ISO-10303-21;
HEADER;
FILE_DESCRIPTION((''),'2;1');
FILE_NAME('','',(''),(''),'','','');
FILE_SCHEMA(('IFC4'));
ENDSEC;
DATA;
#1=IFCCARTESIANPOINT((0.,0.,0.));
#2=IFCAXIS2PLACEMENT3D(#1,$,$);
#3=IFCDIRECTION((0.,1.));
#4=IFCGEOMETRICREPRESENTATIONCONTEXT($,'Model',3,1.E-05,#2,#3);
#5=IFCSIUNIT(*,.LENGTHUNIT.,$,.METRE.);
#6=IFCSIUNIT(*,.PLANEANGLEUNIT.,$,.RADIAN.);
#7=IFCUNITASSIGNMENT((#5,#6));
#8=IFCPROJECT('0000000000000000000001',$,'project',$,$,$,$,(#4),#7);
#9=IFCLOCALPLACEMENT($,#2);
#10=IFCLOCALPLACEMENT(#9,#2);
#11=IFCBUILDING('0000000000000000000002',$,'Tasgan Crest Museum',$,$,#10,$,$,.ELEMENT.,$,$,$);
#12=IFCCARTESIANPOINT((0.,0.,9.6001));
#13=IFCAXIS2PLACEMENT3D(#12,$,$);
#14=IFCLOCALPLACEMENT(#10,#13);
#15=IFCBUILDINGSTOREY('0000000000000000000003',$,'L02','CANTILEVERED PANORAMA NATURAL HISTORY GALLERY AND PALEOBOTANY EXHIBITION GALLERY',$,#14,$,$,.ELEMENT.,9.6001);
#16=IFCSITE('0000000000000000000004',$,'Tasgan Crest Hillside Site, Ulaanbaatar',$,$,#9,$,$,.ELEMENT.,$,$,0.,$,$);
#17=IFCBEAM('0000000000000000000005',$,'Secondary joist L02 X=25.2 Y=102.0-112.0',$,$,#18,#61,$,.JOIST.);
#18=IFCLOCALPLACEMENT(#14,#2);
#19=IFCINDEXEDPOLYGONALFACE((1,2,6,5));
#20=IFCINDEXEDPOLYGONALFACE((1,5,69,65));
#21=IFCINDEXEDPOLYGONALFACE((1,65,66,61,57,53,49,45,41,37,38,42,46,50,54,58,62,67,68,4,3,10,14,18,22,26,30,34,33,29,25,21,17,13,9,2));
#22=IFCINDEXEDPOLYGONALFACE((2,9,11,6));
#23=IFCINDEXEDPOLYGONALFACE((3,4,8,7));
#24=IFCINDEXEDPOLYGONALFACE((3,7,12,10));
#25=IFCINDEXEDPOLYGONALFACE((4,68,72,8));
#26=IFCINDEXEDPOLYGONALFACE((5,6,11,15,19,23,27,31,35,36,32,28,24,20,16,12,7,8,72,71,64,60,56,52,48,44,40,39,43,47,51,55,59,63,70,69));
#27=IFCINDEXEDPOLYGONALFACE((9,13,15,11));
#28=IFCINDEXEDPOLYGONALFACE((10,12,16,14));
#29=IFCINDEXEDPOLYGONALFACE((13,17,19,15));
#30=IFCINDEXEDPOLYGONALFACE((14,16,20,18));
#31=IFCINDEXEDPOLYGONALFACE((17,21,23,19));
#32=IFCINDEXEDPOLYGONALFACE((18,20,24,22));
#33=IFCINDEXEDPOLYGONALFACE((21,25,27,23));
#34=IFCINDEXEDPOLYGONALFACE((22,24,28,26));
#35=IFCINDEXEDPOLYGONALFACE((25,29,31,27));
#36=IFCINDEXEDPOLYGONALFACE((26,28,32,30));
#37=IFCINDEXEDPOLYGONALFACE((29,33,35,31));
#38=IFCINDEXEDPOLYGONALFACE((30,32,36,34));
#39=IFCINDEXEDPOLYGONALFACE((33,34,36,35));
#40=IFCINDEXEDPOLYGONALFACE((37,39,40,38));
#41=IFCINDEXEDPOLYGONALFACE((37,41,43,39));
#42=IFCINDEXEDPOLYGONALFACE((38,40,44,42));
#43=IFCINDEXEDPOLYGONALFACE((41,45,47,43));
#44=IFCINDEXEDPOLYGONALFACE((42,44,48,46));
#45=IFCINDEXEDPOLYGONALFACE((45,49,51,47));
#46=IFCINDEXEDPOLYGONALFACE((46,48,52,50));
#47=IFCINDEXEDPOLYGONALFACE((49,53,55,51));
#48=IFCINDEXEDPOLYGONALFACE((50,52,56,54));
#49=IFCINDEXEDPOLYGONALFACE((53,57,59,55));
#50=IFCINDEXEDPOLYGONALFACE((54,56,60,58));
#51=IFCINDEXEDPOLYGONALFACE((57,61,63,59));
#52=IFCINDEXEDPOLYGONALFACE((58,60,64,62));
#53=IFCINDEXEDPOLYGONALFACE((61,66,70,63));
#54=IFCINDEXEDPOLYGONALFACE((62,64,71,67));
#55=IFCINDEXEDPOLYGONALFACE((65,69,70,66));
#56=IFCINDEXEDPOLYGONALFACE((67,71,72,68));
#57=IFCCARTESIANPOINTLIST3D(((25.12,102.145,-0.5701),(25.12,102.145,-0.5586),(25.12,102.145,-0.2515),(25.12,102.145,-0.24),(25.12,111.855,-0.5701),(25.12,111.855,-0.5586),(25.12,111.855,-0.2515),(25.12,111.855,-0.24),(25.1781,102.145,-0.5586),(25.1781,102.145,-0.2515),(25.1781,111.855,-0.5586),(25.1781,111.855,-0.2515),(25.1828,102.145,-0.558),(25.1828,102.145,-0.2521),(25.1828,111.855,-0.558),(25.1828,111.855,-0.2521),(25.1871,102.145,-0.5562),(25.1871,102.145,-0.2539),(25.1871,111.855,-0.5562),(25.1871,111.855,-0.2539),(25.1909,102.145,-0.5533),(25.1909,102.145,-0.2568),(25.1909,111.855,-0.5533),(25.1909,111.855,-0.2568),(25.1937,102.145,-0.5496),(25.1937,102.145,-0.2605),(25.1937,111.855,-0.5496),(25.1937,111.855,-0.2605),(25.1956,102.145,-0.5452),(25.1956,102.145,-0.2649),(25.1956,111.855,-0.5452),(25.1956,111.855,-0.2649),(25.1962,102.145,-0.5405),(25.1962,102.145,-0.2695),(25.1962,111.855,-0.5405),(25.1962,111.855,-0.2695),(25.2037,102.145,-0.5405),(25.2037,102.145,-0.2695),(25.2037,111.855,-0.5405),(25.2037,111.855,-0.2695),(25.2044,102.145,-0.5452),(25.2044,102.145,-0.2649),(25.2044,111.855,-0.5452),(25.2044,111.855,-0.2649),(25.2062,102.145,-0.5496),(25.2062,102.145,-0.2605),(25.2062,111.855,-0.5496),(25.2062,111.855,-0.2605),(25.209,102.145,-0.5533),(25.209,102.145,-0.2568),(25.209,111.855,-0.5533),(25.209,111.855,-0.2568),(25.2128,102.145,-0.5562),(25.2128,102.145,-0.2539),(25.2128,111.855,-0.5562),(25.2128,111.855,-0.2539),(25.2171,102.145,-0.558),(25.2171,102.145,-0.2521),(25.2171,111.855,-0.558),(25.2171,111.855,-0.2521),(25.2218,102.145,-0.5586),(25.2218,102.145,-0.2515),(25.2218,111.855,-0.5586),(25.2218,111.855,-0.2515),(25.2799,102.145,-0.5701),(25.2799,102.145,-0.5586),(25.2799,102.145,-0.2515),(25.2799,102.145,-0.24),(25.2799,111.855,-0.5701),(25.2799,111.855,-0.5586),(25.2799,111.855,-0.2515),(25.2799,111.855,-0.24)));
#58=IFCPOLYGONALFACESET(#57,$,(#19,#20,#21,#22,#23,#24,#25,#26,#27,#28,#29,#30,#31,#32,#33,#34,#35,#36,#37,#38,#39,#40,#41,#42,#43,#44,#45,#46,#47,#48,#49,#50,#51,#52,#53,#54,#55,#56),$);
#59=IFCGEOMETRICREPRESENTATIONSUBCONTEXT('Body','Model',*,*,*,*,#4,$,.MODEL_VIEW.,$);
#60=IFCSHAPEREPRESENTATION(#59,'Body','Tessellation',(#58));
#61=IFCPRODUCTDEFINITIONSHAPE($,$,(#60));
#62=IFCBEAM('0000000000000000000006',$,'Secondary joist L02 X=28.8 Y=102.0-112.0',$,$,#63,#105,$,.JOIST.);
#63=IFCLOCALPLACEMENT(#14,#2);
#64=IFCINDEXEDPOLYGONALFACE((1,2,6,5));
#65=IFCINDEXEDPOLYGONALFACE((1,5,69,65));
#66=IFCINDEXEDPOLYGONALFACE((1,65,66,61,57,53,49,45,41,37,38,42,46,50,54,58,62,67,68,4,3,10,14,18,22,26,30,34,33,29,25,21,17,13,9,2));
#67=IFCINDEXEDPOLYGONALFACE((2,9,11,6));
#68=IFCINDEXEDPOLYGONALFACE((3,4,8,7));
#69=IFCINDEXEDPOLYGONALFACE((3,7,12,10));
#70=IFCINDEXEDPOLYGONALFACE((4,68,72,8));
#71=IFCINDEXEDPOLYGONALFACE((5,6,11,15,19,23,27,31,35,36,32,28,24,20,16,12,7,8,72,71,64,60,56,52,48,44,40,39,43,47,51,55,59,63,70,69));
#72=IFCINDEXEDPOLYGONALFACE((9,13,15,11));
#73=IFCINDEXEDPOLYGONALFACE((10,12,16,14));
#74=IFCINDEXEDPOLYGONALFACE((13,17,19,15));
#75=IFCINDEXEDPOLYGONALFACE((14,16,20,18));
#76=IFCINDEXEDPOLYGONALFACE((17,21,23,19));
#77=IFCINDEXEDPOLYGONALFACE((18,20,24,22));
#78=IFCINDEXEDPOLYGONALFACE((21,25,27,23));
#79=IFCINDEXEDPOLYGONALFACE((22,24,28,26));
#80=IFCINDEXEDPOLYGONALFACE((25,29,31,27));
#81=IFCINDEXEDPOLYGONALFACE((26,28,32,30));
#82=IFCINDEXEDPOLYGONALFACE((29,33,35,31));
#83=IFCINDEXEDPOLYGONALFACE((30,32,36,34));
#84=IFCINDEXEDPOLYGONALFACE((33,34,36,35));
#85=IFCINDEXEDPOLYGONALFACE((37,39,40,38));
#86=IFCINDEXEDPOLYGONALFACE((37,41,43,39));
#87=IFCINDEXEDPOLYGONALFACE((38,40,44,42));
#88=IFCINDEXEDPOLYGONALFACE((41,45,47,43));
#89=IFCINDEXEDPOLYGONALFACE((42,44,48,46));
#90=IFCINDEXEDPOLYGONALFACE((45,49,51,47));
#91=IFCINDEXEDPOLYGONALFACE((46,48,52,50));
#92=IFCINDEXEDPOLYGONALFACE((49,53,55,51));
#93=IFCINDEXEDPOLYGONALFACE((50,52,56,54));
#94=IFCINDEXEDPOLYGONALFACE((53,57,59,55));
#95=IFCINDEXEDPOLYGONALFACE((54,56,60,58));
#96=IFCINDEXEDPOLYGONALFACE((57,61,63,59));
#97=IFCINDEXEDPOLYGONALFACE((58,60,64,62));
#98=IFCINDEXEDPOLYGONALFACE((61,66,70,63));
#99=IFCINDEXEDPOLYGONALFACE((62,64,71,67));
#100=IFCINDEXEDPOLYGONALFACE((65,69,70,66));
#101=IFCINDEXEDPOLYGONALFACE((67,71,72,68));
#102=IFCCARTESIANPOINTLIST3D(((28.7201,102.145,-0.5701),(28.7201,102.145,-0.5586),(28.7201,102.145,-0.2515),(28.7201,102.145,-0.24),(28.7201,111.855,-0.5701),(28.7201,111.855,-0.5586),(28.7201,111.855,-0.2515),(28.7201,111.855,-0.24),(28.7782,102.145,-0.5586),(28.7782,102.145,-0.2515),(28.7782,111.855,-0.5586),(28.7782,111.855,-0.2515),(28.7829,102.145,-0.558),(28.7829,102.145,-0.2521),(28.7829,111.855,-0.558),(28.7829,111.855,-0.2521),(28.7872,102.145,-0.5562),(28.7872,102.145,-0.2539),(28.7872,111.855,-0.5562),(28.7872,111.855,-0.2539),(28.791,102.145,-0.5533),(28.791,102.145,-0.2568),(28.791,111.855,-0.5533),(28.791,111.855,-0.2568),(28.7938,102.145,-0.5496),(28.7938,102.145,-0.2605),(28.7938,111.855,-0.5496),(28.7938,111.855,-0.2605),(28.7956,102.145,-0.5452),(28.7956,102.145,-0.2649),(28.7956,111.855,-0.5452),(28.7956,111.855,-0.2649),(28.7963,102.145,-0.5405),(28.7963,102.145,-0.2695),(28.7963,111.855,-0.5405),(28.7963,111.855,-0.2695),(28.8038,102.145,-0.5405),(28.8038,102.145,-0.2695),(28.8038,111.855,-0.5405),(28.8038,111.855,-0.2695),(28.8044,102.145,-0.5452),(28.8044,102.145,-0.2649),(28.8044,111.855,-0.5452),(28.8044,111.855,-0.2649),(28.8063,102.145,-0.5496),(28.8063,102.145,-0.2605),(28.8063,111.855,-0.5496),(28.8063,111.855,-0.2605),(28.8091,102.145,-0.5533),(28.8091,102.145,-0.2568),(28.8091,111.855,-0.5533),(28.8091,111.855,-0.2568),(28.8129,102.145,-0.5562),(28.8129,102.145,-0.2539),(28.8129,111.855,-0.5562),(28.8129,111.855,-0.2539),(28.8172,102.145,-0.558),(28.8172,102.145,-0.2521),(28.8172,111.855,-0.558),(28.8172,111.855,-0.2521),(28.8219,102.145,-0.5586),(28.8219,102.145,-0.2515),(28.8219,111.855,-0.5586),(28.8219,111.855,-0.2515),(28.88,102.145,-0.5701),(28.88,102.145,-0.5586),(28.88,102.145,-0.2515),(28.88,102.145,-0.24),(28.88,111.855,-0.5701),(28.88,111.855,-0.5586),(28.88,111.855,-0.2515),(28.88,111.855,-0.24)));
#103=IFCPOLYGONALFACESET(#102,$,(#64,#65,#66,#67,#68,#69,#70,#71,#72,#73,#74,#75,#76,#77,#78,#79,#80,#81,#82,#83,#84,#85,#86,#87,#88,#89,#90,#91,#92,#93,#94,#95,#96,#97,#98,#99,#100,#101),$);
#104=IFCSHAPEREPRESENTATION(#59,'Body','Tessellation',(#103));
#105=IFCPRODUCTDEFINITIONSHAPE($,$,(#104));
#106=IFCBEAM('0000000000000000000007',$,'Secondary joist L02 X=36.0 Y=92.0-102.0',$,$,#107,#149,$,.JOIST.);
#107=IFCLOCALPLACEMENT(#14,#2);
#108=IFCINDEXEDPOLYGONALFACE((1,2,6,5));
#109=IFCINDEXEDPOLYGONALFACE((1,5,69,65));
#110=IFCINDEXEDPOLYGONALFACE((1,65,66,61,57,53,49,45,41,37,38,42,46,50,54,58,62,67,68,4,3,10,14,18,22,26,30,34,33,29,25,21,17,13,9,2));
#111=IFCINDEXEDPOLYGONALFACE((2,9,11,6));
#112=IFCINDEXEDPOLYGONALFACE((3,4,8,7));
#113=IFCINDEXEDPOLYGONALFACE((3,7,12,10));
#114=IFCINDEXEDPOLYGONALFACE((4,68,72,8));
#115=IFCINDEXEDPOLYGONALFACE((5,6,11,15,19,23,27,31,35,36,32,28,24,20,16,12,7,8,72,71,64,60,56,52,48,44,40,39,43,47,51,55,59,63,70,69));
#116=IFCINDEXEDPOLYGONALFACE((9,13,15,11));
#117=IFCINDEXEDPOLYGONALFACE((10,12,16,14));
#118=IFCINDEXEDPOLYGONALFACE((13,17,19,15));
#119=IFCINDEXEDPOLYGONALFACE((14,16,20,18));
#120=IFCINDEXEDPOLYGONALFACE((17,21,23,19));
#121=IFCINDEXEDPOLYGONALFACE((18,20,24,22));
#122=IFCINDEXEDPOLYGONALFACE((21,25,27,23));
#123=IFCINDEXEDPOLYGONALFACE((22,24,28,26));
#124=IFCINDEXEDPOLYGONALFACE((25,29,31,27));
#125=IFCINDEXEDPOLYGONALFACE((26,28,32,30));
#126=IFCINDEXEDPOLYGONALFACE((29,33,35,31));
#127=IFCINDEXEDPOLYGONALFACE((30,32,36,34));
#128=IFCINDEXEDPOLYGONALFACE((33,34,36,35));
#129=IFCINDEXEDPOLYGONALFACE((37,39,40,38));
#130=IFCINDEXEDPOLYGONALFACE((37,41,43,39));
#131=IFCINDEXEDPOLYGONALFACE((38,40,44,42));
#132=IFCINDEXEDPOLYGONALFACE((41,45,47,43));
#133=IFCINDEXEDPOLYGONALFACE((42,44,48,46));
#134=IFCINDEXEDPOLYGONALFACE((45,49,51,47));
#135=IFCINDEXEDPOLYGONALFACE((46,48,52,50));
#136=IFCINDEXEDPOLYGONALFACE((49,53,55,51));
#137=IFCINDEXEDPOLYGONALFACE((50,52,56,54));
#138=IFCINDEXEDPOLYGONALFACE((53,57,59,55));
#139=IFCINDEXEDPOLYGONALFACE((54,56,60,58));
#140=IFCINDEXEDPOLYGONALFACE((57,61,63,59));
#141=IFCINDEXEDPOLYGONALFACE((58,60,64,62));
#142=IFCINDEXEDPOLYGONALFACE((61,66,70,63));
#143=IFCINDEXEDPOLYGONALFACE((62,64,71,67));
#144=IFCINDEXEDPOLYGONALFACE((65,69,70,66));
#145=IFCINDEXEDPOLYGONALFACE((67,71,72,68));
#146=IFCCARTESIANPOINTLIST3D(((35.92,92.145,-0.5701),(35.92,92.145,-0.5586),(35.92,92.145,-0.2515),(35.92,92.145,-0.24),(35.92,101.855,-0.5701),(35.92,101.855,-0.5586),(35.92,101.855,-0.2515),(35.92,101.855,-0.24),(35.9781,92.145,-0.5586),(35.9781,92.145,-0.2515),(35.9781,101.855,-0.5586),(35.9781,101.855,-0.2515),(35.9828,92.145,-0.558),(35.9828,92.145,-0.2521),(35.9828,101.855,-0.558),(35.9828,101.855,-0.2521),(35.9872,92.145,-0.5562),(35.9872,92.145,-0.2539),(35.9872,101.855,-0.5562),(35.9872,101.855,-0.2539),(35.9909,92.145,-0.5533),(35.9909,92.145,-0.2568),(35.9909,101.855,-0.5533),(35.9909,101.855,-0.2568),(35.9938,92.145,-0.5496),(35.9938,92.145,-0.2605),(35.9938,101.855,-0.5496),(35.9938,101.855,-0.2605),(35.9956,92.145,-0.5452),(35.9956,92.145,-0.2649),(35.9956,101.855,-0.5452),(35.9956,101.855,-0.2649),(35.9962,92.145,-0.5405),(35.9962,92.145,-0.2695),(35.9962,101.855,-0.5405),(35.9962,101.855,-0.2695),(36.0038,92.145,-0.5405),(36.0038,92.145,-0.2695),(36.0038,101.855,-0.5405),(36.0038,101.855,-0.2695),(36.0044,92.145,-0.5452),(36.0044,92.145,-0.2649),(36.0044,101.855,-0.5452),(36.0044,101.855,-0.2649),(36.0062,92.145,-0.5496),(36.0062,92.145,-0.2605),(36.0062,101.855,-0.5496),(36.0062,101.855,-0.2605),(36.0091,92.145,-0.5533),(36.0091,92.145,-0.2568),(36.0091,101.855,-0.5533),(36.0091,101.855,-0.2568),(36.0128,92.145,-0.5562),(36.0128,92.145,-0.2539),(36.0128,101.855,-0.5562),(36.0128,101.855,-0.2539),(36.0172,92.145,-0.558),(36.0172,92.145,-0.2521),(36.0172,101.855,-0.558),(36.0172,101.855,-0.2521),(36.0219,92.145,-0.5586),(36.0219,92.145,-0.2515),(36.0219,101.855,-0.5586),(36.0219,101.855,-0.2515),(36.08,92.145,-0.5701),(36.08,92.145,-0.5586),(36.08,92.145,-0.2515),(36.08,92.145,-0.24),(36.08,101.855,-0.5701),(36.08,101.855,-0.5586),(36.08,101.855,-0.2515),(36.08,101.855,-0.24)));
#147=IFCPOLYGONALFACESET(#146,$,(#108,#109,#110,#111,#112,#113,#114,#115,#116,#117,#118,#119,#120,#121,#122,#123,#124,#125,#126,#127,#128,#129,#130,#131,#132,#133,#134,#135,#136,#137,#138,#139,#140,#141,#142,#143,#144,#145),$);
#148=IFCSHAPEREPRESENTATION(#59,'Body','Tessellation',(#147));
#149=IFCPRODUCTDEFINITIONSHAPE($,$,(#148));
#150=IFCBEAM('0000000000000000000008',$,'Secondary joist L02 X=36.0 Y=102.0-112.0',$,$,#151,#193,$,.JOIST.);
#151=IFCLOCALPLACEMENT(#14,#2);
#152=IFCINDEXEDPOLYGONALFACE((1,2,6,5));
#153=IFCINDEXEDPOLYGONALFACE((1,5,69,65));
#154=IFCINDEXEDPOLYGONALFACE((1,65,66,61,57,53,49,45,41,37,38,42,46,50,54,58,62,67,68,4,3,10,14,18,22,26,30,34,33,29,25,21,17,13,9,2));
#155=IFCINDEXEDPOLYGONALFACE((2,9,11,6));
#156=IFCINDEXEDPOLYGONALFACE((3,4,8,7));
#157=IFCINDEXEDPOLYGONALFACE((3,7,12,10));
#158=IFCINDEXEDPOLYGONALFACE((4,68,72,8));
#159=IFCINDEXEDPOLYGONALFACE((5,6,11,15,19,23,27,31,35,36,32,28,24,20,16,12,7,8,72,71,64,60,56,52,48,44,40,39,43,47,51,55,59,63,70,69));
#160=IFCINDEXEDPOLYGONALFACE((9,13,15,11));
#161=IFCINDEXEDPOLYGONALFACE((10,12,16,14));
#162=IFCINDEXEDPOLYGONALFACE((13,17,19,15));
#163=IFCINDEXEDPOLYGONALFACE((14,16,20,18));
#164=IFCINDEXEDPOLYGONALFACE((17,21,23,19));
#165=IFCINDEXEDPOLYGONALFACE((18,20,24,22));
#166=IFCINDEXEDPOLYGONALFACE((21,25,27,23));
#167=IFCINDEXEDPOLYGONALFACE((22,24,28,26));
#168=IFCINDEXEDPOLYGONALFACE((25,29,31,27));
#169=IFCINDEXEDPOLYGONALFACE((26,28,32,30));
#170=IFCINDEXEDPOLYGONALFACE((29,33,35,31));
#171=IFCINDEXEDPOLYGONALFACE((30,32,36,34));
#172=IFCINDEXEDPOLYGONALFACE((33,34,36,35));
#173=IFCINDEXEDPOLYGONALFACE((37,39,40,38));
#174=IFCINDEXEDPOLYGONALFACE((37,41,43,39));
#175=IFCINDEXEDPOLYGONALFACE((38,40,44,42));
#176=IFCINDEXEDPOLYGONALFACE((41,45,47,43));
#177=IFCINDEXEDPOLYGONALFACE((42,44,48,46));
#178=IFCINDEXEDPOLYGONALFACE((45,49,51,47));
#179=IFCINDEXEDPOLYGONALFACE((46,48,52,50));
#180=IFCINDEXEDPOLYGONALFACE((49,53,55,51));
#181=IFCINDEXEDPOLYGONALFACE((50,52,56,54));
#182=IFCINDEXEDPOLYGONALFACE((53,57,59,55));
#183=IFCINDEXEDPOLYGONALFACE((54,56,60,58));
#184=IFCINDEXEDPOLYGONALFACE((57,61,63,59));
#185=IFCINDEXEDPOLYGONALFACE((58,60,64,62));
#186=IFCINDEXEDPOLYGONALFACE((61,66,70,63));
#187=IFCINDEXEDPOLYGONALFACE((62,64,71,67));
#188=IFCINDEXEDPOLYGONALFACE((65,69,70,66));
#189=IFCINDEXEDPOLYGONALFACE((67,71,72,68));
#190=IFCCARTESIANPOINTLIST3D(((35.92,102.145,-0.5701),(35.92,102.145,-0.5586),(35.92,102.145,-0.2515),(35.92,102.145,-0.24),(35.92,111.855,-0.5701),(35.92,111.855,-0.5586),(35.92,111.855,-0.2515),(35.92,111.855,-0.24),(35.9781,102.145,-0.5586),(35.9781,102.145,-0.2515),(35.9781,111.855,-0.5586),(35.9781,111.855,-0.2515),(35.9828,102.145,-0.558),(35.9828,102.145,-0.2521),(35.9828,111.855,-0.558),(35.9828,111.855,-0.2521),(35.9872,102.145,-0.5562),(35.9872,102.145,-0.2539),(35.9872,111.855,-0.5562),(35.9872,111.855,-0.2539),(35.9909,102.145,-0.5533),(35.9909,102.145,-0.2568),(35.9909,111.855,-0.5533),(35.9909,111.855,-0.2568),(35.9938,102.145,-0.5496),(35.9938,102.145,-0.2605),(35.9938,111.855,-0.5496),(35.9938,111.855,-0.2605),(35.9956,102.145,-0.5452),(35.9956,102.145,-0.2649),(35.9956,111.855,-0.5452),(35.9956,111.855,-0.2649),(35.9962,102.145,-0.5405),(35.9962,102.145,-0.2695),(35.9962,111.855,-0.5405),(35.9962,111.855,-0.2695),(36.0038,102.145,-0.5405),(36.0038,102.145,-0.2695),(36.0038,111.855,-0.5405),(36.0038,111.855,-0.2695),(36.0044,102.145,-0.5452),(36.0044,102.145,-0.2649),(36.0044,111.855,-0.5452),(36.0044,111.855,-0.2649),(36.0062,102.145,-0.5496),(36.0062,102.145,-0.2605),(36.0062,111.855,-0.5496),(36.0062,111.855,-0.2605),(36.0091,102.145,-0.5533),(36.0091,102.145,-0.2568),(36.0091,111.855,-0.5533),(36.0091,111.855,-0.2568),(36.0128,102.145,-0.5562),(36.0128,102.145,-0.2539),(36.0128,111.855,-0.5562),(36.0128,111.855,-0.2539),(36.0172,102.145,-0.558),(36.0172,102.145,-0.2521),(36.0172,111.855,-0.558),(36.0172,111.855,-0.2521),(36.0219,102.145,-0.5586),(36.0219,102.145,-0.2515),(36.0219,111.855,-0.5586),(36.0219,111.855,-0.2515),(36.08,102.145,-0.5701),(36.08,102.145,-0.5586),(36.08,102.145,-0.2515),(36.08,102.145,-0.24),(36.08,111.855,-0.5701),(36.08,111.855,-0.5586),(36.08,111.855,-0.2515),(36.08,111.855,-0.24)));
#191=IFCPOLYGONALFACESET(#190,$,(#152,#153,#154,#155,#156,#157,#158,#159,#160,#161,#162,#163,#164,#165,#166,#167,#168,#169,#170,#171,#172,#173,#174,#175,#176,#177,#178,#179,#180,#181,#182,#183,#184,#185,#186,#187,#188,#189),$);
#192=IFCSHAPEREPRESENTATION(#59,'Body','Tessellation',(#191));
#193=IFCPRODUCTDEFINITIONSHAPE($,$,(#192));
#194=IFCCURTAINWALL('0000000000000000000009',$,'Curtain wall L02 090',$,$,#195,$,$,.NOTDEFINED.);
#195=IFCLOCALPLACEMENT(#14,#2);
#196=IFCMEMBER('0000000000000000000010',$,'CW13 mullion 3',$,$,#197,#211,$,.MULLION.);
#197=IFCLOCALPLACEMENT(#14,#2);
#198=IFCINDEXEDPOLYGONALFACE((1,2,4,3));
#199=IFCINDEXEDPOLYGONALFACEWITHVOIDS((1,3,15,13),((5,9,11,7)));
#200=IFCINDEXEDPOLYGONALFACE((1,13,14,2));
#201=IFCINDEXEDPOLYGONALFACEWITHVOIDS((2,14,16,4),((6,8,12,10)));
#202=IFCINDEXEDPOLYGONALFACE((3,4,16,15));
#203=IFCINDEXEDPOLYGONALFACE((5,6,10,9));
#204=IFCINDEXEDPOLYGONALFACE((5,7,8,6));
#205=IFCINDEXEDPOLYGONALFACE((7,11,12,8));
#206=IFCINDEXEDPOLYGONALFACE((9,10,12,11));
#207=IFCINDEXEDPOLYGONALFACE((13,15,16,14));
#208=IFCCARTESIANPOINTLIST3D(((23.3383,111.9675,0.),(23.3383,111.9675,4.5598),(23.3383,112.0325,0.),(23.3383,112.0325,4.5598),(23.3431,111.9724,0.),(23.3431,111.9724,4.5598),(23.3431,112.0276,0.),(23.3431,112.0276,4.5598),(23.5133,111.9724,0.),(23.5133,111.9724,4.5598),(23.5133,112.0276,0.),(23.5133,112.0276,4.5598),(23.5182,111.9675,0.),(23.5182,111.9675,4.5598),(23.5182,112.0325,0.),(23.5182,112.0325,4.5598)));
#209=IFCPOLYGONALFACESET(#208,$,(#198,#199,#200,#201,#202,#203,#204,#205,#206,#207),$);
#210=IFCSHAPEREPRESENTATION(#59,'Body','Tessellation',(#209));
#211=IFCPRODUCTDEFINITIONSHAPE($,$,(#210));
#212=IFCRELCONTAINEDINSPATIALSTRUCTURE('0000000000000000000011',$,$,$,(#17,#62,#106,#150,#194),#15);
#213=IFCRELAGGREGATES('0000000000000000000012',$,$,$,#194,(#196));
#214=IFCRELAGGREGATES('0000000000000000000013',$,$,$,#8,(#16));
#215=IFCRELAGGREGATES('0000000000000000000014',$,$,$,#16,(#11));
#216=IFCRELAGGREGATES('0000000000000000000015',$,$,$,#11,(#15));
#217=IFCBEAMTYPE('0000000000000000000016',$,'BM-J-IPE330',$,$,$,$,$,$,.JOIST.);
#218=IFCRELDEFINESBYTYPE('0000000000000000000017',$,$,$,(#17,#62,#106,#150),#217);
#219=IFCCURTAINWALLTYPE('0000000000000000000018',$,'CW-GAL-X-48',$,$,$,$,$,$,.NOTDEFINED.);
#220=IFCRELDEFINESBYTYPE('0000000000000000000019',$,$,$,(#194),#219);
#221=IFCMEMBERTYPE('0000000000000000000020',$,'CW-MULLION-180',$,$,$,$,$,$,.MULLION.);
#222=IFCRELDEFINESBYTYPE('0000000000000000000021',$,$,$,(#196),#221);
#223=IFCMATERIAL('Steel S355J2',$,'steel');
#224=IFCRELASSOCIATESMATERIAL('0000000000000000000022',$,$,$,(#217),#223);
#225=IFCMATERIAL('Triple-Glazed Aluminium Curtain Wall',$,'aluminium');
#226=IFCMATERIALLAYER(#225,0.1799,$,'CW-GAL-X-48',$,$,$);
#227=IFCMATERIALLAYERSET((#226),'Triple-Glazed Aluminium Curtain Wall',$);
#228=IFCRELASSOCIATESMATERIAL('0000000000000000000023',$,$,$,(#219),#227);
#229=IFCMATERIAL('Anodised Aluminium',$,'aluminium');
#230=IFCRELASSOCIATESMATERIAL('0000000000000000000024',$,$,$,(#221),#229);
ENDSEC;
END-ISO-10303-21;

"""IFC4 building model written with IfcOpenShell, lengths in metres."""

from ifc_helpers import new_model, si_unit, direction, frame, origin, origin_2d, place, context, subcontext, project, spatial, hollow_rectangle, i_section, extrude, material, layer, layer_set, material_profile, profile_set, type_object, element, aggregate, save


model = new_model("IFC4")

# Units and contexts
model_context = context("Model", 3, precision=1e-05, world=origin(), true_north=direction((0.0, 1.0)))
body_context = subcontext(model_context, "Body", "Model", "MODEL_VIEW")
ifc_project = project(units=[si_unit("LENGTHUNIT", "METRE"), si_unit("PLANEANGLEUNIT", "RADIAN")], contexts=[model_context])

# Site, building, storey
site_placement = place(None, origin())
site = spatial("IfcSite", under=ifc_project, at=site_placement, Name="Tasgan Crest Hillside Site, Ulaanbaatar", CompositionType="ELEMENT", RefElevation=0.0)
building_placement = place(site_placement, origin())
building = spatial("IfcBuilding", under=site, at=building_placement, Name="Tasgan Crest Museum", CompositionType="ELEMENT")
storey_placement = place(building_placement, frame((0.0, 0.0, 9.6001)))
storey = spatial("IfcBuildingStorey", under=building, at=storey_placement, Name="L02", Description="CANTILEVERED PANORAMA NATURAL HISTORY GALLERY AND PALEOBOTANY EXHIBITION GALLERY", CompositionType="ELEMENT", Elevation=9.6001)

# Beams
ifc_material_1 = material(Name="Steel S355J2", Category="steel")
ifc_material_profile_1 = material_profile(ifc_material_1, i_section(OverallWidth=0.1599, OverallDepth=0.3301, WebThickness=0.0076, FlangeThickness=0.0115, FilletRadius=0.0181, at=origin_2d()), Name="IPE 330")
ifc_profile_set_1 = profile_set([ifc_material_profile_1], Name="Steel S355J2")
beam_type_1 = type_object("IfcBeamType", Name="BM-J-IPE330", PredefinedType="JOIST", material=ifc_profile_set_1)
for number, where, z_axis, x_axis, name in (
    (1, (25.2, 102.145, -0.405), (0.0, 1.0, 0.0), (-1.0, 0.0, 0.0), "Secondary joist L02 X=25.2 Y=102.0-112.0"),
    (2, (28.8, 102.145, -0.405), (0.0, 1.0, 0.0), (-1.0, 0.0, 0.0), "Secondary joist L02 X=28.8 Y=102.0-112.0"),
    (3, (36.0, 92.145, -0.405), (0.0, 1.0, 0.0), (-1.0, 0.0, 0.0), "Secondary joist L02 X=36.0 Y=92.0-102.0"),
    (4, (36.0, 102.145, -0.405), (0.0, 1.0, 0.0), (-1.0, 0.0, 0.0), "Secondary joist L02 X=36.0 Y=102.0-112.0"),
):
    element("IfcBeam", number, at=place(storey_placement, frame(where, z_axis=z_axis, x_axis=x_axis)), inside=storey, type_object=beam_type_1, Name=name, PredefinedType="JOIST", context=body_context, shape_type="SweptSolid", body=[
        extrude(i_section(OverallWidth=0.1599, OverallDepth=0.3301, WebThickness=0.0076, FlangeThickness=0.0115, FilletRadius=0.0181, at=origin_2d()), origin(), (0.0, 0.0, 1.0), 9.71),
    ])

# Curtain wall, member
ifc_material_2 = material(Name="Triple-Glazed Aluminium Curtain Wall", Category="aluminium")
ifc_layer_1 = layer(ifc_material_2, 0.1799, Name="CW-GAL-X-48")
ifc_layer_set_1 = layer_set([ifc_layer_1], Name="Triple-Glazed Aluminium Curtain Wall")
curtain_wall_type_1 = type_object("IfcCurtainWallType", Name="CW-GAL-X-48", PredefinedType="NOTDEFINED", material=ifc_layer_set_1)
curtain_wall_1_placement = place(storey_placement, origin())
curtain_wall_1 = element("IfcCurtainWall", 5, at=curtain_wall_1_placement, inside=storey, type_object=curtain_wall_type_1, Name="Curtain wall L02 090", PredefinedType="NOTDEFINED")
ifc_material_3 = material(Name="Anodised Aluminium", Category="aluminium")
ifc_material_profile_2 = material_profile(ifc_material_3, hollow_rectangle(XDim=0.0649, YDim=0.1799, WallThickness=0.0049, at=origin_2d()), Name="ALU MULLION 180x65x5")
ifc_profile_set_2 = profile_set([ifc_material_profile_2], Name="Anodised Aluminium")
member_type_1 = type_object("IfcMemberType", Name="CW-MULLION-180", PredefinedType="MULLION", material=ifc_profile_set_2)
member_1_placement = place(storey_placement, frame((23.4282, 112.0, 0.0), z_axis=(0.0, 0.0, 1.0), x_axis=(0.0, -1.0, 0.0)))
member_1 = element("IfcMember", 6, at=member_1_placement, type_object=member_type_1, Name="CW13 mullion 3", PredefinedType="MULLION", context=body_context, shape_type="SweptSolid", body=[
    extrude(hollow_rectangle(XDim=0.0649, YDim=0.1799, WallThickness=0.0049, at=origin_2d()), origin(), (0.0, 0.0, 1.0), 4.5598),
])

aggregate(curtain_wall_1, [member_1])

save(model, "model.ifc")
